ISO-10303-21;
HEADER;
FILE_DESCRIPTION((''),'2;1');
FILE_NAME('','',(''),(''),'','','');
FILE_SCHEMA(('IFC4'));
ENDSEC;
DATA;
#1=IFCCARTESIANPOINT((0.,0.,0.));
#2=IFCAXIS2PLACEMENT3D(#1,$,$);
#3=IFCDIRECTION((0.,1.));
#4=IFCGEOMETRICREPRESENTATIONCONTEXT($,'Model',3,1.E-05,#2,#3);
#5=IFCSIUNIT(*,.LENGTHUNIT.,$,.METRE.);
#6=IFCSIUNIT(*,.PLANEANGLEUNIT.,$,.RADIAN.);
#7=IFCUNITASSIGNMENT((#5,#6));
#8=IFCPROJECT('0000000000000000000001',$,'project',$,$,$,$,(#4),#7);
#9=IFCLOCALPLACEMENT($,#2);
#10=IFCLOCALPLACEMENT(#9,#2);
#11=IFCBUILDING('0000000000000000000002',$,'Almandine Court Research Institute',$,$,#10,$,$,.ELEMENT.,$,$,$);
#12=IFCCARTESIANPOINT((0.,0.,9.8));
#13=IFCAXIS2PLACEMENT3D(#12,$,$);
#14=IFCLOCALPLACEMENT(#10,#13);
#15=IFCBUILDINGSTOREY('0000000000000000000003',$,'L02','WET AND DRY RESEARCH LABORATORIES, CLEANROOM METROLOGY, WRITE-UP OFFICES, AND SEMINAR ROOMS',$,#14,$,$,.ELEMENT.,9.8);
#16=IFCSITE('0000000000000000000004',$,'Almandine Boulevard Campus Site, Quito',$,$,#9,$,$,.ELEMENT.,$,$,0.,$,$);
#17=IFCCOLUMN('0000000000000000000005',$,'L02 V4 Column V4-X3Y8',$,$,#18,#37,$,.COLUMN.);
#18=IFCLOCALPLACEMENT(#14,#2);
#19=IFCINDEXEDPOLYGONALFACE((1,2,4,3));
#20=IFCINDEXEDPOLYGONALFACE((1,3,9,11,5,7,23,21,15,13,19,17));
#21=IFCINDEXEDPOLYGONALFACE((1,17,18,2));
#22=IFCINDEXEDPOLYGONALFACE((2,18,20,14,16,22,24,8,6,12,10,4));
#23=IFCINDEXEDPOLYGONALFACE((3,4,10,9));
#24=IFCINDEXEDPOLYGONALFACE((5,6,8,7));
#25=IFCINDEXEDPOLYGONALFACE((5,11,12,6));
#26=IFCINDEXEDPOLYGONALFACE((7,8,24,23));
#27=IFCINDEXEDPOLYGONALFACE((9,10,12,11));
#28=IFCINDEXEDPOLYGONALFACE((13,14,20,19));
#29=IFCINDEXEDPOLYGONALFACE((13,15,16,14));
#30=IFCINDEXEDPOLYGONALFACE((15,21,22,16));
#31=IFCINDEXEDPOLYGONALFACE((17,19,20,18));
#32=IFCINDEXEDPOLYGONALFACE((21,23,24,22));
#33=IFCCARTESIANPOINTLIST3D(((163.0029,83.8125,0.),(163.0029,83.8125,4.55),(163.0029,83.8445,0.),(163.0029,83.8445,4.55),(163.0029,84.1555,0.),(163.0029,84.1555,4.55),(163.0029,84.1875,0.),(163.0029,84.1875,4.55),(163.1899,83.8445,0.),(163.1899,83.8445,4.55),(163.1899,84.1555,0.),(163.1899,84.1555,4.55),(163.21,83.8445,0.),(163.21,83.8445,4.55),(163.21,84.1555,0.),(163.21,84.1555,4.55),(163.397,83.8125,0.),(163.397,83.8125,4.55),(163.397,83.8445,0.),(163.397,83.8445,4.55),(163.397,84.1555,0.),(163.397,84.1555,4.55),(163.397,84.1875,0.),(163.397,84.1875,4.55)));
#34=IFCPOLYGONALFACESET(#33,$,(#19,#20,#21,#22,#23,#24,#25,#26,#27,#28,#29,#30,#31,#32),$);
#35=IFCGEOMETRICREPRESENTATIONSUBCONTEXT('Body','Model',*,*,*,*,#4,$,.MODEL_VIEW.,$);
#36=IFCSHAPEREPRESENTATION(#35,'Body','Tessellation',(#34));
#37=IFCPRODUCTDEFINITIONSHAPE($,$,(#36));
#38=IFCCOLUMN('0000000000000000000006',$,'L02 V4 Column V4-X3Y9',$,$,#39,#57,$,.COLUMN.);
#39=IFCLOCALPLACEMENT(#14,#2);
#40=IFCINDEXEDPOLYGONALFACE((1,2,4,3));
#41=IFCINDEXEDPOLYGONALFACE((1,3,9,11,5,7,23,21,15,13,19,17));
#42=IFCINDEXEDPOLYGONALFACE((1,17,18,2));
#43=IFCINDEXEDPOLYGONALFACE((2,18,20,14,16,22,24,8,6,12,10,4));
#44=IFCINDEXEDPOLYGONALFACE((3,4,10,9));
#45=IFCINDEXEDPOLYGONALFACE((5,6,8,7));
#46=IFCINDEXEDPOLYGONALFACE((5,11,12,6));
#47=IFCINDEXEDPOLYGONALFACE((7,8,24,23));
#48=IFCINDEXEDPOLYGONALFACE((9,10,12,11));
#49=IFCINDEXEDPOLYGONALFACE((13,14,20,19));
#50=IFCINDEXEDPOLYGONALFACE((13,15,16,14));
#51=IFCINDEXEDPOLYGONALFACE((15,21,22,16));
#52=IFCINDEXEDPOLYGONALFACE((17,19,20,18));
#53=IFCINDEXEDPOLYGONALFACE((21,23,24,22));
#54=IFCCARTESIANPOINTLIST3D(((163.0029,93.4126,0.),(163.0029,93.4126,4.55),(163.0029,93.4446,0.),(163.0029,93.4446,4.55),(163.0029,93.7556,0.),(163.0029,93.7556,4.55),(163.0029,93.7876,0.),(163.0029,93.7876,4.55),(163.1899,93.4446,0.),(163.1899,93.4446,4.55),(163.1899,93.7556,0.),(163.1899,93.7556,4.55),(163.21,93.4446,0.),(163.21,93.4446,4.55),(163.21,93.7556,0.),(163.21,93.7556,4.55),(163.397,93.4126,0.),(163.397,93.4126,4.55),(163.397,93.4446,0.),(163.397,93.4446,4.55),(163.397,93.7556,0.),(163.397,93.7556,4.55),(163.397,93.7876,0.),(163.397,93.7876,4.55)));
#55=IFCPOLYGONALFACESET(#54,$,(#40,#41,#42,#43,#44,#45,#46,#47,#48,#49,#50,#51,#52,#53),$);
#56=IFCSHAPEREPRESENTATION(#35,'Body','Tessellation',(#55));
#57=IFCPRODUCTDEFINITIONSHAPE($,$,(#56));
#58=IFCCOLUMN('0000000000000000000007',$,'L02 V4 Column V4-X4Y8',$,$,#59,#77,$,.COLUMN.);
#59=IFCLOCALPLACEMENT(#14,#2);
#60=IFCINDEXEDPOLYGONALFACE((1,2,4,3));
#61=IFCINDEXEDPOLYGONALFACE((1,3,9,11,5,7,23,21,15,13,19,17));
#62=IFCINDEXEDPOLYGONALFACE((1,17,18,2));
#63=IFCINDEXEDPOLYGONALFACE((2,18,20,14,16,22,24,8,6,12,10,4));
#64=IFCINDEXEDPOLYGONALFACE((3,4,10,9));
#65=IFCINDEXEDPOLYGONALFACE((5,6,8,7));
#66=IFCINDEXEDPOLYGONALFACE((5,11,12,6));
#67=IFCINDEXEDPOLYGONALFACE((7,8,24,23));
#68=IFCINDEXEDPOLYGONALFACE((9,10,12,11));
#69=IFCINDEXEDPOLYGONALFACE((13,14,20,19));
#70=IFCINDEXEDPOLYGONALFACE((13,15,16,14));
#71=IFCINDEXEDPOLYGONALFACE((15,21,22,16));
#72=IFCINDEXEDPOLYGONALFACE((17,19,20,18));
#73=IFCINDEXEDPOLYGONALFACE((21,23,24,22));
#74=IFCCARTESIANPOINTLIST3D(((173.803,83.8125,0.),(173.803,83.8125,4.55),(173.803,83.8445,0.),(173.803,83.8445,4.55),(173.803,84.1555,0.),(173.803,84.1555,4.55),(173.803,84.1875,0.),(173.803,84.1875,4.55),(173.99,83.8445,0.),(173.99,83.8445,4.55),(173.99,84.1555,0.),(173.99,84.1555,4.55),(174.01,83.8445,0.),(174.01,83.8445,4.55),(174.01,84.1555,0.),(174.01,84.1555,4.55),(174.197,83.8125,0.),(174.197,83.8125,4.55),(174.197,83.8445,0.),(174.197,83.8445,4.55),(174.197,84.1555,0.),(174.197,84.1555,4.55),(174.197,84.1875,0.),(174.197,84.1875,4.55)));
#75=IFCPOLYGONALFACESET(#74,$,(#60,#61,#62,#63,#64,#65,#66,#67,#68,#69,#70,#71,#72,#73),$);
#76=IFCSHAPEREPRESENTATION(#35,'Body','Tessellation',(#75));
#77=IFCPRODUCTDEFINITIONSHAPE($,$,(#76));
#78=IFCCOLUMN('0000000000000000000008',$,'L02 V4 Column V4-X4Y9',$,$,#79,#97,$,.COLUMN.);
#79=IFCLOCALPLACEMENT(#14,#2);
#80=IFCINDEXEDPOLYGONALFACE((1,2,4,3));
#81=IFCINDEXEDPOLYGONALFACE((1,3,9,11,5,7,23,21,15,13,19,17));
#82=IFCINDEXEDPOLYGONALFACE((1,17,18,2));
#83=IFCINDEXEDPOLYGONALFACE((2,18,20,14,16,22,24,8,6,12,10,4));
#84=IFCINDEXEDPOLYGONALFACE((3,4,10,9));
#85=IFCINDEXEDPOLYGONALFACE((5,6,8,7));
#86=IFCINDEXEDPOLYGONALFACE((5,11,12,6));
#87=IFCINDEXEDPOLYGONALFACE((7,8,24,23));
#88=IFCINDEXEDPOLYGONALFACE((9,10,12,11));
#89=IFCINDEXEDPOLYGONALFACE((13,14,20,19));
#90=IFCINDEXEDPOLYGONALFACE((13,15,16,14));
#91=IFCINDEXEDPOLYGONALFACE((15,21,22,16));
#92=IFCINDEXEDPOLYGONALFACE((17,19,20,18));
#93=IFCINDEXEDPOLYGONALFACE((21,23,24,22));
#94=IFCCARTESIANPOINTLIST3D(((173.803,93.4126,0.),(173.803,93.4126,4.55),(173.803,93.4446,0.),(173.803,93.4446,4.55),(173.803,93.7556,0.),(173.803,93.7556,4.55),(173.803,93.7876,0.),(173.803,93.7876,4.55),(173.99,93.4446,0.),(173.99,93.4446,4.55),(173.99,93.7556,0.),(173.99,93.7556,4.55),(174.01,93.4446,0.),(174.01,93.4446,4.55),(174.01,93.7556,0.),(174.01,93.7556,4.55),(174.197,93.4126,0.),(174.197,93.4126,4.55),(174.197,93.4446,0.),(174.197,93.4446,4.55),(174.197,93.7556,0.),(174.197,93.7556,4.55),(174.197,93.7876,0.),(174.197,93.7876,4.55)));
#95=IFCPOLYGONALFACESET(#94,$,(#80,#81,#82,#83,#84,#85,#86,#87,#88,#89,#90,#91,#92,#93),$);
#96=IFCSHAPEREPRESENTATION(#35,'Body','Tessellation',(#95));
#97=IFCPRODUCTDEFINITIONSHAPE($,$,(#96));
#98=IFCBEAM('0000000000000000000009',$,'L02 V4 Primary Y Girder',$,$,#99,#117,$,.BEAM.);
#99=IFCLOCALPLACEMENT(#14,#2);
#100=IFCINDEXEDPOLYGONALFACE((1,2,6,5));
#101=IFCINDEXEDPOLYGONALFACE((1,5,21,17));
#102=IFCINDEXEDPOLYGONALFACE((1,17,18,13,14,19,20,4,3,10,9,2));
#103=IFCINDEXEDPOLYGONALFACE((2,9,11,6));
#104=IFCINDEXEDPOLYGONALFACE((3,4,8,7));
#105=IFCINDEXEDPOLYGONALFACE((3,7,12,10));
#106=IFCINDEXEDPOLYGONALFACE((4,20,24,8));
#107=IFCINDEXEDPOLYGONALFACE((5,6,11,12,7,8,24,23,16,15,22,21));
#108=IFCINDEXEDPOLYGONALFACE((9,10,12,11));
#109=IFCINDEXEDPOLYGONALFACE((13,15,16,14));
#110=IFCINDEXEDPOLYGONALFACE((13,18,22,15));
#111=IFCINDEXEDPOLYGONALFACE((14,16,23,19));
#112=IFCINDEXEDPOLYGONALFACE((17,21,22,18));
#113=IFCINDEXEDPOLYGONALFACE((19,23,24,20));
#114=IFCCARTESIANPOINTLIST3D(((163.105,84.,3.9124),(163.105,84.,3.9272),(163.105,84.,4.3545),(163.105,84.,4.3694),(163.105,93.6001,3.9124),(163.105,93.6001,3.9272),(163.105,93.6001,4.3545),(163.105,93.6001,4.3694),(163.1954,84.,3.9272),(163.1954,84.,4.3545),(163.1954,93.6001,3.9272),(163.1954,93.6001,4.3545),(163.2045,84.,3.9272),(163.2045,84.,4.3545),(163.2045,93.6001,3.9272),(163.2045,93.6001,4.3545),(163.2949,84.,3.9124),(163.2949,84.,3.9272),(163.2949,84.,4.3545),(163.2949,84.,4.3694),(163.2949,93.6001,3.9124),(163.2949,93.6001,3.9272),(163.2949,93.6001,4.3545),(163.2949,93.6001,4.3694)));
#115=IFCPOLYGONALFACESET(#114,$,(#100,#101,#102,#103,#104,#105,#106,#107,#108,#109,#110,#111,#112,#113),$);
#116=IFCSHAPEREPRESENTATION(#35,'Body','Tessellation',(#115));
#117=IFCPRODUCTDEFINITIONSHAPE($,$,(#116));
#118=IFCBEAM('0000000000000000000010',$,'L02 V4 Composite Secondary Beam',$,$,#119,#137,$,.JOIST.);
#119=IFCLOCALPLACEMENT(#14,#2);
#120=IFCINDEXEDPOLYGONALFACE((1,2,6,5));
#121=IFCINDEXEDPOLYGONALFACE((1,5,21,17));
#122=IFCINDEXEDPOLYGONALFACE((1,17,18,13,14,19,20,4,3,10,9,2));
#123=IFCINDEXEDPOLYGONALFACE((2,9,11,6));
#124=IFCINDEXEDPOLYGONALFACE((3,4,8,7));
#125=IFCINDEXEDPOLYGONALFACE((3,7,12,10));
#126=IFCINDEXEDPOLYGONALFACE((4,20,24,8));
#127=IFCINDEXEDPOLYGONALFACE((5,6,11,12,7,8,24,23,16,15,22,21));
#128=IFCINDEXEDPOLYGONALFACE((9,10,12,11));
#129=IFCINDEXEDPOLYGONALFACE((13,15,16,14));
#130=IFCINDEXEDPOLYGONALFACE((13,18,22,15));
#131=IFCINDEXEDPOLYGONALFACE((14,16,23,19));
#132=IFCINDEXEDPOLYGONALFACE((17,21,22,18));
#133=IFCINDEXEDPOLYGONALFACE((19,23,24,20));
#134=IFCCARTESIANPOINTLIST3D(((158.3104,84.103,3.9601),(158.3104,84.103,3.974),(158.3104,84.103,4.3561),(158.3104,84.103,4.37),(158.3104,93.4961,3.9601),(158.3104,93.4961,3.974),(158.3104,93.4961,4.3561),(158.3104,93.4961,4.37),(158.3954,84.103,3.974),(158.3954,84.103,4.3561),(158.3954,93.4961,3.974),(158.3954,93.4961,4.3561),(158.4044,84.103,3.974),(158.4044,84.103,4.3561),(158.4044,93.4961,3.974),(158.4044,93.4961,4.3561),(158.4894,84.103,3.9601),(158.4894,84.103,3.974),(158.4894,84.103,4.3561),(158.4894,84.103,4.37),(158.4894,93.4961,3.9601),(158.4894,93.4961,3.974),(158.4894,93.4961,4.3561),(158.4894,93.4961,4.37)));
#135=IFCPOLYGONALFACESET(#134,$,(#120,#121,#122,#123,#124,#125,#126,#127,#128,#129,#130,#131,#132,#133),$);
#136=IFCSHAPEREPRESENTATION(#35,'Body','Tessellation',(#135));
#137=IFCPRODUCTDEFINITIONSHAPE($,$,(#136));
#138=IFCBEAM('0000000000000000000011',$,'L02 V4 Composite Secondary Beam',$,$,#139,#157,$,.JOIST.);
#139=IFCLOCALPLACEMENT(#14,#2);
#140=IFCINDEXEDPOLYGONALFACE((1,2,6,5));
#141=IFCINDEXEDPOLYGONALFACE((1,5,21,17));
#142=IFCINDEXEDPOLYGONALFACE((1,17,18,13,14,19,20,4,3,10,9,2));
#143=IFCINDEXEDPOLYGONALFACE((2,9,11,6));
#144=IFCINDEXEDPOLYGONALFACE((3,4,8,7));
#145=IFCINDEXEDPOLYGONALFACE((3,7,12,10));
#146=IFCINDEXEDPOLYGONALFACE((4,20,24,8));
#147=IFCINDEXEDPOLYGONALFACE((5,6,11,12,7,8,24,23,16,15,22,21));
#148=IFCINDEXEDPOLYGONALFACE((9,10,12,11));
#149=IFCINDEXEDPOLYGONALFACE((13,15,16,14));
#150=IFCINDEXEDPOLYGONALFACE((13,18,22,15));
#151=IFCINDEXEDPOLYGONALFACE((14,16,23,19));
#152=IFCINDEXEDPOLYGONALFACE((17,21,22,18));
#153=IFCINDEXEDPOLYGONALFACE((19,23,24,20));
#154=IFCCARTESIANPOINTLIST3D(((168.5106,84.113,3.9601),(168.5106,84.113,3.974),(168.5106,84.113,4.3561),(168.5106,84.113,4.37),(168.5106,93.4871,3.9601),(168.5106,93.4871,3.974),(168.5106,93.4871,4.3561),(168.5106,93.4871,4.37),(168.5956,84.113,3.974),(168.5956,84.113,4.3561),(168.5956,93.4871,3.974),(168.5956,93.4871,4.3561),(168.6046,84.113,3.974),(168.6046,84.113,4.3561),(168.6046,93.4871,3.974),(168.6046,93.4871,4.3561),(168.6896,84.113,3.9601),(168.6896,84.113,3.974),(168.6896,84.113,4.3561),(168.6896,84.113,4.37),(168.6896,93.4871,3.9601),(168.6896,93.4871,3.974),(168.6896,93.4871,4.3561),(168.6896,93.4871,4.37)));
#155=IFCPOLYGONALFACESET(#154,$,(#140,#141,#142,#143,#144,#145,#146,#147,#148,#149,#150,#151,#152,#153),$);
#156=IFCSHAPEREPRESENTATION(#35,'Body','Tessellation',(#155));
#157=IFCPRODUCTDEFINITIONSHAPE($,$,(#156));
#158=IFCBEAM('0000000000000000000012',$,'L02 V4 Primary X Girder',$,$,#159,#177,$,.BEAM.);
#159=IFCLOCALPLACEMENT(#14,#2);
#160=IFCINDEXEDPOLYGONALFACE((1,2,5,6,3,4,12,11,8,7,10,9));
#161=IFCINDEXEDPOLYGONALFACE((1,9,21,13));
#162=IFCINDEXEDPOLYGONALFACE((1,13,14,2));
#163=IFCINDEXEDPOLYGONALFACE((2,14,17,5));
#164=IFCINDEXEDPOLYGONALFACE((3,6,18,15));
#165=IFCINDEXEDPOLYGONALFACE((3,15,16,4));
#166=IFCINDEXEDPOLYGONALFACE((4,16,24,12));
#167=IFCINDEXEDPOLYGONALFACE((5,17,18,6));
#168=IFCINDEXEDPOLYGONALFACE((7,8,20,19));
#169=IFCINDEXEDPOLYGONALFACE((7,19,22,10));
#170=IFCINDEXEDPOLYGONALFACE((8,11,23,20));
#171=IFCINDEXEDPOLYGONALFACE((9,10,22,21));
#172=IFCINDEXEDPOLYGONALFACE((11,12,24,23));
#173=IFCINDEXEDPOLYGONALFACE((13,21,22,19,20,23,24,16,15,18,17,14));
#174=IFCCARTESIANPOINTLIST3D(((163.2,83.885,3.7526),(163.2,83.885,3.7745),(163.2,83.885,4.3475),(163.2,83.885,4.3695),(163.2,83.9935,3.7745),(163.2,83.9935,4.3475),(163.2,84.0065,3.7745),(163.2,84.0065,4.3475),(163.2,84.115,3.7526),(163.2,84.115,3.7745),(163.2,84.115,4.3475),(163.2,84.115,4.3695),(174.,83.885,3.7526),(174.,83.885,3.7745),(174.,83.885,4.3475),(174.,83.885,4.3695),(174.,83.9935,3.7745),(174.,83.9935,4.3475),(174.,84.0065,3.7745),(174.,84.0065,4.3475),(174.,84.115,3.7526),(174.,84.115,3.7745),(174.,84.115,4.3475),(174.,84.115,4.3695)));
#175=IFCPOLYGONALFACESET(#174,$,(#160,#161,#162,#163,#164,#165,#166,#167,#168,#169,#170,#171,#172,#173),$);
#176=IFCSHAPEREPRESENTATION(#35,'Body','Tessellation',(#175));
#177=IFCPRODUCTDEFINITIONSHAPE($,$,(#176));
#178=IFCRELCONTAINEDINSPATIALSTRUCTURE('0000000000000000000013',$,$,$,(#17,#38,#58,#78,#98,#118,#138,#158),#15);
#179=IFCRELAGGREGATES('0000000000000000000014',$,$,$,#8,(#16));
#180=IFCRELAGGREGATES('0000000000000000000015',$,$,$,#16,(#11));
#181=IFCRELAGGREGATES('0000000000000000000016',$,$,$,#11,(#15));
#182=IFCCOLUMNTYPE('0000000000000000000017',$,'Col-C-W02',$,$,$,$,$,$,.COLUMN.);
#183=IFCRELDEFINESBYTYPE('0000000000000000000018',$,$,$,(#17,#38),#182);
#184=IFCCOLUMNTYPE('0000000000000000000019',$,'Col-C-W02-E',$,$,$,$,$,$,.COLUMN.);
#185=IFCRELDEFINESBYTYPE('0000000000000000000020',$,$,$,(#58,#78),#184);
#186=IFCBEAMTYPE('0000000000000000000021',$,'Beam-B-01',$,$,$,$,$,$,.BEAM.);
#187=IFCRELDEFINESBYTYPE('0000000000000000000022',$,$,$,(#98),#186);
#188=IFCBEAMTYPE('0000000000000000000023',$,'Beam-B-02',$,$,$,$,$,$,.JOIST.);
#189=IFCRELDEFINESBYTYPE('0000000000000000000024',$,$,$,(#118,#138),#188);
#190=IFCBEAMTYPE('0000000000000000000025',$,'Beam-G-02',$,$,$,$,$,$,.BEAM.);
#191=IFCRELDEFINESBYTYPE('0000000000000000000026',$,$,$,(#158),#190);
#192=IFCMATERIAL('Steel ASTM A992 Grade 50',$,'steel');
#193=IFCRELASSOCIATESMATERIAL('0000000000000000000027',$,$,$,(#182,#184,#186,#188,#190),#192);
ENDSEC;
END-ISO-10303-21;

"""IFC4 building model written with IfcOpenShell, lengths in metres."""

from ifc_helpers import new_model, si_unit, direction, frame, origin, origin_2d, place, context, subcontext, project, spatial, i_section, extrude, material, material_profile, profile_set, type_object, element, save


model = new_model("IFC4")

# Units and contexts
model_context = context("Model", 3, precision=1e-05, world=origin(), true_north=direction((0.0, 1.0)))
body_context = subcontext(model_context, "Body", "Model", "MODEL_VIEW")
ifc_project = project(units=[si_unit("LENGTHUNIT", "METRE"), si_unit("PLANEANGLEUNIT", "RADIAN")], contexts=[model_context])

# Site, building, storey
site_placement = place(None, origin())
site = spatial("IfcSite", under=ifc_project, at=site_placement, Name="Almandine Boulevard Campus Site, Quito", CompositionType="ELEMENT", RefElevation=0.0)
building_placement = place(site_placement, origin())
building = spatial("IfcBuilding", under=site, at=building_placement, Name="Almandine Court Research Institute", CompositionType="ELEMENT")
storey_placement = place(building_placement, frame((0.0, 0.0, 9.8)))
storey = spatial("IfcBuildingStorey", under=building, at=storey_placement, Name="L02", Description="WET AND DRY RESEARCH LABORATORIES, CLEANROOM METROLOGY, WRITE-UP OFFICES, AND SEMINAR ROOMS", CompositionType="ELEMENT", Elevation=9.8)

# Columns
ifc_material_1 = material(Name="Steel ASTM A992 Grade 50", Category="steel")
ifc_material_profile_1 = material_profile(ifc_material_1, i_section(OverallWidth=0.394, OverallDepth=0.375, WebThickness=0.02, FlangeThickness=0.032, at=origin_2d()), Name="W360x216")
ifc_profile_set_1 = profile_set([ifc_material_profile_1], Name="Steel ASTM A992 Grade 50")
column_type_1 = type_object("IfcColumnType", Name="Col-C-W02", PredefinedType="COLUMN", material=ifc_profile_set_1)
for number, where, z_axis, x_axis, name in (
    (1, (163.2, 84.0, 0.0), (0.0, 0.0, 1.0), (1.0, 0.0, 0.0), "L02 V4 Column V4-X3Y8"),
    (2, (163.2, 93.6001, 0.0), (0.0, 0.0, 1.0), (1.0, 0.0, 0.0), "L02 V4 Column V4-X3Y9"),
):
    element("IfcColumn", number, at=place(storey_placement, frame(where, z_axis=z_axis, x_axis=x_axis)), inside=storey, type_object=column_type_1, Name=name, PredefinedType="COLUMN", context=body_context, shape_type="SweptSolid", body=[
        extrude(i_section(OverallWidth=0.394, OverallDepth=0.375, WebThickness=0.02, FlangeThickness=0.032, at=origin_2d()), origin(), (0.0, 0.0, 1.0), 4.55),
    ])
ifc_material_profile_2 = material_profile(ifc_material_1, i_section(OverallWidth=0.394, OverallDepth=0.375, WebThickness=0.02, FlangeThickness=0.032, at=origin_2d()), Name="W360x216")
ifc_profile_set_2 = profile_set([ifc_material_profile_2], Name="Steel ASTM A992 Grade 50")
column_type_2 = type_object("IfcColumnType", Name="Col-C-W02-E", PredefinedType="COLUMN", material=ifc_profile_set_2)
for number, where, z_axis, x_axis, name in (
    (3, (174.0, 84.0, 0.0), (0.0, 0.0, 1.0), (1.0, 0.0, 0.0), "L02 V4 Column V4-X4Y8"),
    (4, (174.0, 93.6001, 0.0), (0.0, 0.0, 1.0), (1.0, 0.0, 0.0), "L02 V4 Column V4-X4Y9"),
):
    element("IfcColumn", number, at=place(storey_placement, frame(where, z_axis=z_axis, x_axis=x_axis)), inside=storey, type_object=column_type_2, Name=name, PredefinedType="COLUMN", context=body_context, shape_type="SweptSolid", body=[
        extrude(i_section(OverallWidth=0.394, OverallDepth=0.375, WebThickness=0.02, FlangeThickness=0.032, at=origin_2d()), origin(), (0.0, 0.0, 1.0), 4.55),
    ])

# Beams
ifc_material_profile_3 = material_profile(ifc_material_1, i_section(OverallWidth=0.1899, OverallDepth=0.457, WebThickness=0.009, FlangeThickness=0.0149, at=origin_2d()), Name="W460x74")
ifc_profile_set_3 = profile_set([ifc_material_profile_3], Name="Steel ASTM A992 Grade 50")
beam_type_1 = type_object("IfcBeamType", Name="Beam-B-01", PredefinedType="BEAM", material=ifc_profile_set_3)
beam_1_placement = place(storey_placement, frame((163.2, 84.0, 4.1409), z_axis=(0.0, 1.0, 0.0), x_axis=(-1.0, 0.0, 0.0)))
element("IfcBeam", 5, at=beam_1_placement, inside=storey, type_object=beam_type_1, Name="L02 V4 Primary Y Girder", PredefinedType="BEAM", context=body_context, shape_type="SweptSolid", body=[
    extrude(i_section(OverallWidth=0.1899, OverallDepth=0.457, WebThickness=0.009, FlangeThickness=0.0149, at=origin_2d()), origin(), (0.0, 0.0, 1.0), 9.6001),
])
ifc_material_profile_4 = material_profile(ifc_material_1, i_section(OverallWidth=0.179, OverallDepth=0.4099, WebThickness=0.009, FlangeThickness=0.0139, at=origin_2d()), Name="W410x67")
ifc_profile_set_4 = profile_set([ifc_material_profile_4], Name="Steel ASTM A992 Grade 50")
beam_type_2 = type_object("IfcBeamType", Name="Beam-B-02", PredefinedType="JOIST", material=ifc_profile_set_4)
beam_2_placement = place(storey_placement, frame((158.3999, 84.103, 4.165), z_axis=(0.0, 1.0, 0.0), x_axis=(-1.0, 0.0, 0.0)))
element("IfcBeam", 6, at=beam_2_placement, inside=storey, type_object=beam_type_2, Name="L02 V4 Composite Secondary Beam", PredefinedType="JOIST", context=body_context, shape_type="SweptSolid", body=[
    extrude(i_section(OverallWidth=0.179, OverallDepth=0.4099, WebThickness=0.009, FlangeThickness=0.0139, at=origin_2d()), origin(), (0.0, 0.0, 1.0), 9.3931),
])
beam_3_placement = place(storey_placement, frame((168.6001, 84.113, 4.165), z_axis=(0.0, 1.0, 0.0), x_axis=(-1.0, 0.0, 0.0)))
element("IfcBeam", 7, at=beam_3_placement, inside=storey, type_object=beam_type_2, Name="L02 V4 Composite Secondary Beam", PredefinedType="JOIST", context=body_context, shape_type="SweptSolid", body=[
    extrude(i_section(OverallWidth=0.179, OverallDepth=0.4099, WebThickness=0.009, FlangeThickness=0.0139, at=origin_2d()), origin(), (0.0, 0.0, 1.0), 9.374),
])
ifc_material_profile_5 = material_profile(ifc_material_1, i_section(OverallWidth=0.23, OverallDepth=0.6169, WebThickness=0.0129, FlangeThickness=0.022, at=origin_2d()), Name="W610x140")
ifc_profile_set_5 = profile_set([ifc_material_profile_5], Name="Steel ASTM A992 Grade 50")
beam_type_3 = type_object("IfcBeamType", Name="Beam-G-02", PredefinedType="BEAM", material=ifc_profile_set_5)
for number, where, z_axis, x_axis, name in (
    (8, (163.2, 84.0, 4.061), (1.0, 0.0, 0.0), (0.0, 1.0, 0.0), "L02 V4 Primary X Girder"),
):
    element("IfcBeam", number, at=place(storey_placement, frame(where, z_axis=z_axis, x_axis=x_axis)), inside=storey, type_object=beam_type_3, Name=name, PredefinedType="BEAM", context=body_context, shape_type="SweptSolid", body=[
        extrude(i_section(OverallWidth=0.23, OverallDepth=0.6169, WebThickness=0.0129, FlangeThickness=0.022, at=origin_2d()), origin(), (0.0, 0.0, 1.0), 10.8),
    ])

save(model, "model.ifc")
